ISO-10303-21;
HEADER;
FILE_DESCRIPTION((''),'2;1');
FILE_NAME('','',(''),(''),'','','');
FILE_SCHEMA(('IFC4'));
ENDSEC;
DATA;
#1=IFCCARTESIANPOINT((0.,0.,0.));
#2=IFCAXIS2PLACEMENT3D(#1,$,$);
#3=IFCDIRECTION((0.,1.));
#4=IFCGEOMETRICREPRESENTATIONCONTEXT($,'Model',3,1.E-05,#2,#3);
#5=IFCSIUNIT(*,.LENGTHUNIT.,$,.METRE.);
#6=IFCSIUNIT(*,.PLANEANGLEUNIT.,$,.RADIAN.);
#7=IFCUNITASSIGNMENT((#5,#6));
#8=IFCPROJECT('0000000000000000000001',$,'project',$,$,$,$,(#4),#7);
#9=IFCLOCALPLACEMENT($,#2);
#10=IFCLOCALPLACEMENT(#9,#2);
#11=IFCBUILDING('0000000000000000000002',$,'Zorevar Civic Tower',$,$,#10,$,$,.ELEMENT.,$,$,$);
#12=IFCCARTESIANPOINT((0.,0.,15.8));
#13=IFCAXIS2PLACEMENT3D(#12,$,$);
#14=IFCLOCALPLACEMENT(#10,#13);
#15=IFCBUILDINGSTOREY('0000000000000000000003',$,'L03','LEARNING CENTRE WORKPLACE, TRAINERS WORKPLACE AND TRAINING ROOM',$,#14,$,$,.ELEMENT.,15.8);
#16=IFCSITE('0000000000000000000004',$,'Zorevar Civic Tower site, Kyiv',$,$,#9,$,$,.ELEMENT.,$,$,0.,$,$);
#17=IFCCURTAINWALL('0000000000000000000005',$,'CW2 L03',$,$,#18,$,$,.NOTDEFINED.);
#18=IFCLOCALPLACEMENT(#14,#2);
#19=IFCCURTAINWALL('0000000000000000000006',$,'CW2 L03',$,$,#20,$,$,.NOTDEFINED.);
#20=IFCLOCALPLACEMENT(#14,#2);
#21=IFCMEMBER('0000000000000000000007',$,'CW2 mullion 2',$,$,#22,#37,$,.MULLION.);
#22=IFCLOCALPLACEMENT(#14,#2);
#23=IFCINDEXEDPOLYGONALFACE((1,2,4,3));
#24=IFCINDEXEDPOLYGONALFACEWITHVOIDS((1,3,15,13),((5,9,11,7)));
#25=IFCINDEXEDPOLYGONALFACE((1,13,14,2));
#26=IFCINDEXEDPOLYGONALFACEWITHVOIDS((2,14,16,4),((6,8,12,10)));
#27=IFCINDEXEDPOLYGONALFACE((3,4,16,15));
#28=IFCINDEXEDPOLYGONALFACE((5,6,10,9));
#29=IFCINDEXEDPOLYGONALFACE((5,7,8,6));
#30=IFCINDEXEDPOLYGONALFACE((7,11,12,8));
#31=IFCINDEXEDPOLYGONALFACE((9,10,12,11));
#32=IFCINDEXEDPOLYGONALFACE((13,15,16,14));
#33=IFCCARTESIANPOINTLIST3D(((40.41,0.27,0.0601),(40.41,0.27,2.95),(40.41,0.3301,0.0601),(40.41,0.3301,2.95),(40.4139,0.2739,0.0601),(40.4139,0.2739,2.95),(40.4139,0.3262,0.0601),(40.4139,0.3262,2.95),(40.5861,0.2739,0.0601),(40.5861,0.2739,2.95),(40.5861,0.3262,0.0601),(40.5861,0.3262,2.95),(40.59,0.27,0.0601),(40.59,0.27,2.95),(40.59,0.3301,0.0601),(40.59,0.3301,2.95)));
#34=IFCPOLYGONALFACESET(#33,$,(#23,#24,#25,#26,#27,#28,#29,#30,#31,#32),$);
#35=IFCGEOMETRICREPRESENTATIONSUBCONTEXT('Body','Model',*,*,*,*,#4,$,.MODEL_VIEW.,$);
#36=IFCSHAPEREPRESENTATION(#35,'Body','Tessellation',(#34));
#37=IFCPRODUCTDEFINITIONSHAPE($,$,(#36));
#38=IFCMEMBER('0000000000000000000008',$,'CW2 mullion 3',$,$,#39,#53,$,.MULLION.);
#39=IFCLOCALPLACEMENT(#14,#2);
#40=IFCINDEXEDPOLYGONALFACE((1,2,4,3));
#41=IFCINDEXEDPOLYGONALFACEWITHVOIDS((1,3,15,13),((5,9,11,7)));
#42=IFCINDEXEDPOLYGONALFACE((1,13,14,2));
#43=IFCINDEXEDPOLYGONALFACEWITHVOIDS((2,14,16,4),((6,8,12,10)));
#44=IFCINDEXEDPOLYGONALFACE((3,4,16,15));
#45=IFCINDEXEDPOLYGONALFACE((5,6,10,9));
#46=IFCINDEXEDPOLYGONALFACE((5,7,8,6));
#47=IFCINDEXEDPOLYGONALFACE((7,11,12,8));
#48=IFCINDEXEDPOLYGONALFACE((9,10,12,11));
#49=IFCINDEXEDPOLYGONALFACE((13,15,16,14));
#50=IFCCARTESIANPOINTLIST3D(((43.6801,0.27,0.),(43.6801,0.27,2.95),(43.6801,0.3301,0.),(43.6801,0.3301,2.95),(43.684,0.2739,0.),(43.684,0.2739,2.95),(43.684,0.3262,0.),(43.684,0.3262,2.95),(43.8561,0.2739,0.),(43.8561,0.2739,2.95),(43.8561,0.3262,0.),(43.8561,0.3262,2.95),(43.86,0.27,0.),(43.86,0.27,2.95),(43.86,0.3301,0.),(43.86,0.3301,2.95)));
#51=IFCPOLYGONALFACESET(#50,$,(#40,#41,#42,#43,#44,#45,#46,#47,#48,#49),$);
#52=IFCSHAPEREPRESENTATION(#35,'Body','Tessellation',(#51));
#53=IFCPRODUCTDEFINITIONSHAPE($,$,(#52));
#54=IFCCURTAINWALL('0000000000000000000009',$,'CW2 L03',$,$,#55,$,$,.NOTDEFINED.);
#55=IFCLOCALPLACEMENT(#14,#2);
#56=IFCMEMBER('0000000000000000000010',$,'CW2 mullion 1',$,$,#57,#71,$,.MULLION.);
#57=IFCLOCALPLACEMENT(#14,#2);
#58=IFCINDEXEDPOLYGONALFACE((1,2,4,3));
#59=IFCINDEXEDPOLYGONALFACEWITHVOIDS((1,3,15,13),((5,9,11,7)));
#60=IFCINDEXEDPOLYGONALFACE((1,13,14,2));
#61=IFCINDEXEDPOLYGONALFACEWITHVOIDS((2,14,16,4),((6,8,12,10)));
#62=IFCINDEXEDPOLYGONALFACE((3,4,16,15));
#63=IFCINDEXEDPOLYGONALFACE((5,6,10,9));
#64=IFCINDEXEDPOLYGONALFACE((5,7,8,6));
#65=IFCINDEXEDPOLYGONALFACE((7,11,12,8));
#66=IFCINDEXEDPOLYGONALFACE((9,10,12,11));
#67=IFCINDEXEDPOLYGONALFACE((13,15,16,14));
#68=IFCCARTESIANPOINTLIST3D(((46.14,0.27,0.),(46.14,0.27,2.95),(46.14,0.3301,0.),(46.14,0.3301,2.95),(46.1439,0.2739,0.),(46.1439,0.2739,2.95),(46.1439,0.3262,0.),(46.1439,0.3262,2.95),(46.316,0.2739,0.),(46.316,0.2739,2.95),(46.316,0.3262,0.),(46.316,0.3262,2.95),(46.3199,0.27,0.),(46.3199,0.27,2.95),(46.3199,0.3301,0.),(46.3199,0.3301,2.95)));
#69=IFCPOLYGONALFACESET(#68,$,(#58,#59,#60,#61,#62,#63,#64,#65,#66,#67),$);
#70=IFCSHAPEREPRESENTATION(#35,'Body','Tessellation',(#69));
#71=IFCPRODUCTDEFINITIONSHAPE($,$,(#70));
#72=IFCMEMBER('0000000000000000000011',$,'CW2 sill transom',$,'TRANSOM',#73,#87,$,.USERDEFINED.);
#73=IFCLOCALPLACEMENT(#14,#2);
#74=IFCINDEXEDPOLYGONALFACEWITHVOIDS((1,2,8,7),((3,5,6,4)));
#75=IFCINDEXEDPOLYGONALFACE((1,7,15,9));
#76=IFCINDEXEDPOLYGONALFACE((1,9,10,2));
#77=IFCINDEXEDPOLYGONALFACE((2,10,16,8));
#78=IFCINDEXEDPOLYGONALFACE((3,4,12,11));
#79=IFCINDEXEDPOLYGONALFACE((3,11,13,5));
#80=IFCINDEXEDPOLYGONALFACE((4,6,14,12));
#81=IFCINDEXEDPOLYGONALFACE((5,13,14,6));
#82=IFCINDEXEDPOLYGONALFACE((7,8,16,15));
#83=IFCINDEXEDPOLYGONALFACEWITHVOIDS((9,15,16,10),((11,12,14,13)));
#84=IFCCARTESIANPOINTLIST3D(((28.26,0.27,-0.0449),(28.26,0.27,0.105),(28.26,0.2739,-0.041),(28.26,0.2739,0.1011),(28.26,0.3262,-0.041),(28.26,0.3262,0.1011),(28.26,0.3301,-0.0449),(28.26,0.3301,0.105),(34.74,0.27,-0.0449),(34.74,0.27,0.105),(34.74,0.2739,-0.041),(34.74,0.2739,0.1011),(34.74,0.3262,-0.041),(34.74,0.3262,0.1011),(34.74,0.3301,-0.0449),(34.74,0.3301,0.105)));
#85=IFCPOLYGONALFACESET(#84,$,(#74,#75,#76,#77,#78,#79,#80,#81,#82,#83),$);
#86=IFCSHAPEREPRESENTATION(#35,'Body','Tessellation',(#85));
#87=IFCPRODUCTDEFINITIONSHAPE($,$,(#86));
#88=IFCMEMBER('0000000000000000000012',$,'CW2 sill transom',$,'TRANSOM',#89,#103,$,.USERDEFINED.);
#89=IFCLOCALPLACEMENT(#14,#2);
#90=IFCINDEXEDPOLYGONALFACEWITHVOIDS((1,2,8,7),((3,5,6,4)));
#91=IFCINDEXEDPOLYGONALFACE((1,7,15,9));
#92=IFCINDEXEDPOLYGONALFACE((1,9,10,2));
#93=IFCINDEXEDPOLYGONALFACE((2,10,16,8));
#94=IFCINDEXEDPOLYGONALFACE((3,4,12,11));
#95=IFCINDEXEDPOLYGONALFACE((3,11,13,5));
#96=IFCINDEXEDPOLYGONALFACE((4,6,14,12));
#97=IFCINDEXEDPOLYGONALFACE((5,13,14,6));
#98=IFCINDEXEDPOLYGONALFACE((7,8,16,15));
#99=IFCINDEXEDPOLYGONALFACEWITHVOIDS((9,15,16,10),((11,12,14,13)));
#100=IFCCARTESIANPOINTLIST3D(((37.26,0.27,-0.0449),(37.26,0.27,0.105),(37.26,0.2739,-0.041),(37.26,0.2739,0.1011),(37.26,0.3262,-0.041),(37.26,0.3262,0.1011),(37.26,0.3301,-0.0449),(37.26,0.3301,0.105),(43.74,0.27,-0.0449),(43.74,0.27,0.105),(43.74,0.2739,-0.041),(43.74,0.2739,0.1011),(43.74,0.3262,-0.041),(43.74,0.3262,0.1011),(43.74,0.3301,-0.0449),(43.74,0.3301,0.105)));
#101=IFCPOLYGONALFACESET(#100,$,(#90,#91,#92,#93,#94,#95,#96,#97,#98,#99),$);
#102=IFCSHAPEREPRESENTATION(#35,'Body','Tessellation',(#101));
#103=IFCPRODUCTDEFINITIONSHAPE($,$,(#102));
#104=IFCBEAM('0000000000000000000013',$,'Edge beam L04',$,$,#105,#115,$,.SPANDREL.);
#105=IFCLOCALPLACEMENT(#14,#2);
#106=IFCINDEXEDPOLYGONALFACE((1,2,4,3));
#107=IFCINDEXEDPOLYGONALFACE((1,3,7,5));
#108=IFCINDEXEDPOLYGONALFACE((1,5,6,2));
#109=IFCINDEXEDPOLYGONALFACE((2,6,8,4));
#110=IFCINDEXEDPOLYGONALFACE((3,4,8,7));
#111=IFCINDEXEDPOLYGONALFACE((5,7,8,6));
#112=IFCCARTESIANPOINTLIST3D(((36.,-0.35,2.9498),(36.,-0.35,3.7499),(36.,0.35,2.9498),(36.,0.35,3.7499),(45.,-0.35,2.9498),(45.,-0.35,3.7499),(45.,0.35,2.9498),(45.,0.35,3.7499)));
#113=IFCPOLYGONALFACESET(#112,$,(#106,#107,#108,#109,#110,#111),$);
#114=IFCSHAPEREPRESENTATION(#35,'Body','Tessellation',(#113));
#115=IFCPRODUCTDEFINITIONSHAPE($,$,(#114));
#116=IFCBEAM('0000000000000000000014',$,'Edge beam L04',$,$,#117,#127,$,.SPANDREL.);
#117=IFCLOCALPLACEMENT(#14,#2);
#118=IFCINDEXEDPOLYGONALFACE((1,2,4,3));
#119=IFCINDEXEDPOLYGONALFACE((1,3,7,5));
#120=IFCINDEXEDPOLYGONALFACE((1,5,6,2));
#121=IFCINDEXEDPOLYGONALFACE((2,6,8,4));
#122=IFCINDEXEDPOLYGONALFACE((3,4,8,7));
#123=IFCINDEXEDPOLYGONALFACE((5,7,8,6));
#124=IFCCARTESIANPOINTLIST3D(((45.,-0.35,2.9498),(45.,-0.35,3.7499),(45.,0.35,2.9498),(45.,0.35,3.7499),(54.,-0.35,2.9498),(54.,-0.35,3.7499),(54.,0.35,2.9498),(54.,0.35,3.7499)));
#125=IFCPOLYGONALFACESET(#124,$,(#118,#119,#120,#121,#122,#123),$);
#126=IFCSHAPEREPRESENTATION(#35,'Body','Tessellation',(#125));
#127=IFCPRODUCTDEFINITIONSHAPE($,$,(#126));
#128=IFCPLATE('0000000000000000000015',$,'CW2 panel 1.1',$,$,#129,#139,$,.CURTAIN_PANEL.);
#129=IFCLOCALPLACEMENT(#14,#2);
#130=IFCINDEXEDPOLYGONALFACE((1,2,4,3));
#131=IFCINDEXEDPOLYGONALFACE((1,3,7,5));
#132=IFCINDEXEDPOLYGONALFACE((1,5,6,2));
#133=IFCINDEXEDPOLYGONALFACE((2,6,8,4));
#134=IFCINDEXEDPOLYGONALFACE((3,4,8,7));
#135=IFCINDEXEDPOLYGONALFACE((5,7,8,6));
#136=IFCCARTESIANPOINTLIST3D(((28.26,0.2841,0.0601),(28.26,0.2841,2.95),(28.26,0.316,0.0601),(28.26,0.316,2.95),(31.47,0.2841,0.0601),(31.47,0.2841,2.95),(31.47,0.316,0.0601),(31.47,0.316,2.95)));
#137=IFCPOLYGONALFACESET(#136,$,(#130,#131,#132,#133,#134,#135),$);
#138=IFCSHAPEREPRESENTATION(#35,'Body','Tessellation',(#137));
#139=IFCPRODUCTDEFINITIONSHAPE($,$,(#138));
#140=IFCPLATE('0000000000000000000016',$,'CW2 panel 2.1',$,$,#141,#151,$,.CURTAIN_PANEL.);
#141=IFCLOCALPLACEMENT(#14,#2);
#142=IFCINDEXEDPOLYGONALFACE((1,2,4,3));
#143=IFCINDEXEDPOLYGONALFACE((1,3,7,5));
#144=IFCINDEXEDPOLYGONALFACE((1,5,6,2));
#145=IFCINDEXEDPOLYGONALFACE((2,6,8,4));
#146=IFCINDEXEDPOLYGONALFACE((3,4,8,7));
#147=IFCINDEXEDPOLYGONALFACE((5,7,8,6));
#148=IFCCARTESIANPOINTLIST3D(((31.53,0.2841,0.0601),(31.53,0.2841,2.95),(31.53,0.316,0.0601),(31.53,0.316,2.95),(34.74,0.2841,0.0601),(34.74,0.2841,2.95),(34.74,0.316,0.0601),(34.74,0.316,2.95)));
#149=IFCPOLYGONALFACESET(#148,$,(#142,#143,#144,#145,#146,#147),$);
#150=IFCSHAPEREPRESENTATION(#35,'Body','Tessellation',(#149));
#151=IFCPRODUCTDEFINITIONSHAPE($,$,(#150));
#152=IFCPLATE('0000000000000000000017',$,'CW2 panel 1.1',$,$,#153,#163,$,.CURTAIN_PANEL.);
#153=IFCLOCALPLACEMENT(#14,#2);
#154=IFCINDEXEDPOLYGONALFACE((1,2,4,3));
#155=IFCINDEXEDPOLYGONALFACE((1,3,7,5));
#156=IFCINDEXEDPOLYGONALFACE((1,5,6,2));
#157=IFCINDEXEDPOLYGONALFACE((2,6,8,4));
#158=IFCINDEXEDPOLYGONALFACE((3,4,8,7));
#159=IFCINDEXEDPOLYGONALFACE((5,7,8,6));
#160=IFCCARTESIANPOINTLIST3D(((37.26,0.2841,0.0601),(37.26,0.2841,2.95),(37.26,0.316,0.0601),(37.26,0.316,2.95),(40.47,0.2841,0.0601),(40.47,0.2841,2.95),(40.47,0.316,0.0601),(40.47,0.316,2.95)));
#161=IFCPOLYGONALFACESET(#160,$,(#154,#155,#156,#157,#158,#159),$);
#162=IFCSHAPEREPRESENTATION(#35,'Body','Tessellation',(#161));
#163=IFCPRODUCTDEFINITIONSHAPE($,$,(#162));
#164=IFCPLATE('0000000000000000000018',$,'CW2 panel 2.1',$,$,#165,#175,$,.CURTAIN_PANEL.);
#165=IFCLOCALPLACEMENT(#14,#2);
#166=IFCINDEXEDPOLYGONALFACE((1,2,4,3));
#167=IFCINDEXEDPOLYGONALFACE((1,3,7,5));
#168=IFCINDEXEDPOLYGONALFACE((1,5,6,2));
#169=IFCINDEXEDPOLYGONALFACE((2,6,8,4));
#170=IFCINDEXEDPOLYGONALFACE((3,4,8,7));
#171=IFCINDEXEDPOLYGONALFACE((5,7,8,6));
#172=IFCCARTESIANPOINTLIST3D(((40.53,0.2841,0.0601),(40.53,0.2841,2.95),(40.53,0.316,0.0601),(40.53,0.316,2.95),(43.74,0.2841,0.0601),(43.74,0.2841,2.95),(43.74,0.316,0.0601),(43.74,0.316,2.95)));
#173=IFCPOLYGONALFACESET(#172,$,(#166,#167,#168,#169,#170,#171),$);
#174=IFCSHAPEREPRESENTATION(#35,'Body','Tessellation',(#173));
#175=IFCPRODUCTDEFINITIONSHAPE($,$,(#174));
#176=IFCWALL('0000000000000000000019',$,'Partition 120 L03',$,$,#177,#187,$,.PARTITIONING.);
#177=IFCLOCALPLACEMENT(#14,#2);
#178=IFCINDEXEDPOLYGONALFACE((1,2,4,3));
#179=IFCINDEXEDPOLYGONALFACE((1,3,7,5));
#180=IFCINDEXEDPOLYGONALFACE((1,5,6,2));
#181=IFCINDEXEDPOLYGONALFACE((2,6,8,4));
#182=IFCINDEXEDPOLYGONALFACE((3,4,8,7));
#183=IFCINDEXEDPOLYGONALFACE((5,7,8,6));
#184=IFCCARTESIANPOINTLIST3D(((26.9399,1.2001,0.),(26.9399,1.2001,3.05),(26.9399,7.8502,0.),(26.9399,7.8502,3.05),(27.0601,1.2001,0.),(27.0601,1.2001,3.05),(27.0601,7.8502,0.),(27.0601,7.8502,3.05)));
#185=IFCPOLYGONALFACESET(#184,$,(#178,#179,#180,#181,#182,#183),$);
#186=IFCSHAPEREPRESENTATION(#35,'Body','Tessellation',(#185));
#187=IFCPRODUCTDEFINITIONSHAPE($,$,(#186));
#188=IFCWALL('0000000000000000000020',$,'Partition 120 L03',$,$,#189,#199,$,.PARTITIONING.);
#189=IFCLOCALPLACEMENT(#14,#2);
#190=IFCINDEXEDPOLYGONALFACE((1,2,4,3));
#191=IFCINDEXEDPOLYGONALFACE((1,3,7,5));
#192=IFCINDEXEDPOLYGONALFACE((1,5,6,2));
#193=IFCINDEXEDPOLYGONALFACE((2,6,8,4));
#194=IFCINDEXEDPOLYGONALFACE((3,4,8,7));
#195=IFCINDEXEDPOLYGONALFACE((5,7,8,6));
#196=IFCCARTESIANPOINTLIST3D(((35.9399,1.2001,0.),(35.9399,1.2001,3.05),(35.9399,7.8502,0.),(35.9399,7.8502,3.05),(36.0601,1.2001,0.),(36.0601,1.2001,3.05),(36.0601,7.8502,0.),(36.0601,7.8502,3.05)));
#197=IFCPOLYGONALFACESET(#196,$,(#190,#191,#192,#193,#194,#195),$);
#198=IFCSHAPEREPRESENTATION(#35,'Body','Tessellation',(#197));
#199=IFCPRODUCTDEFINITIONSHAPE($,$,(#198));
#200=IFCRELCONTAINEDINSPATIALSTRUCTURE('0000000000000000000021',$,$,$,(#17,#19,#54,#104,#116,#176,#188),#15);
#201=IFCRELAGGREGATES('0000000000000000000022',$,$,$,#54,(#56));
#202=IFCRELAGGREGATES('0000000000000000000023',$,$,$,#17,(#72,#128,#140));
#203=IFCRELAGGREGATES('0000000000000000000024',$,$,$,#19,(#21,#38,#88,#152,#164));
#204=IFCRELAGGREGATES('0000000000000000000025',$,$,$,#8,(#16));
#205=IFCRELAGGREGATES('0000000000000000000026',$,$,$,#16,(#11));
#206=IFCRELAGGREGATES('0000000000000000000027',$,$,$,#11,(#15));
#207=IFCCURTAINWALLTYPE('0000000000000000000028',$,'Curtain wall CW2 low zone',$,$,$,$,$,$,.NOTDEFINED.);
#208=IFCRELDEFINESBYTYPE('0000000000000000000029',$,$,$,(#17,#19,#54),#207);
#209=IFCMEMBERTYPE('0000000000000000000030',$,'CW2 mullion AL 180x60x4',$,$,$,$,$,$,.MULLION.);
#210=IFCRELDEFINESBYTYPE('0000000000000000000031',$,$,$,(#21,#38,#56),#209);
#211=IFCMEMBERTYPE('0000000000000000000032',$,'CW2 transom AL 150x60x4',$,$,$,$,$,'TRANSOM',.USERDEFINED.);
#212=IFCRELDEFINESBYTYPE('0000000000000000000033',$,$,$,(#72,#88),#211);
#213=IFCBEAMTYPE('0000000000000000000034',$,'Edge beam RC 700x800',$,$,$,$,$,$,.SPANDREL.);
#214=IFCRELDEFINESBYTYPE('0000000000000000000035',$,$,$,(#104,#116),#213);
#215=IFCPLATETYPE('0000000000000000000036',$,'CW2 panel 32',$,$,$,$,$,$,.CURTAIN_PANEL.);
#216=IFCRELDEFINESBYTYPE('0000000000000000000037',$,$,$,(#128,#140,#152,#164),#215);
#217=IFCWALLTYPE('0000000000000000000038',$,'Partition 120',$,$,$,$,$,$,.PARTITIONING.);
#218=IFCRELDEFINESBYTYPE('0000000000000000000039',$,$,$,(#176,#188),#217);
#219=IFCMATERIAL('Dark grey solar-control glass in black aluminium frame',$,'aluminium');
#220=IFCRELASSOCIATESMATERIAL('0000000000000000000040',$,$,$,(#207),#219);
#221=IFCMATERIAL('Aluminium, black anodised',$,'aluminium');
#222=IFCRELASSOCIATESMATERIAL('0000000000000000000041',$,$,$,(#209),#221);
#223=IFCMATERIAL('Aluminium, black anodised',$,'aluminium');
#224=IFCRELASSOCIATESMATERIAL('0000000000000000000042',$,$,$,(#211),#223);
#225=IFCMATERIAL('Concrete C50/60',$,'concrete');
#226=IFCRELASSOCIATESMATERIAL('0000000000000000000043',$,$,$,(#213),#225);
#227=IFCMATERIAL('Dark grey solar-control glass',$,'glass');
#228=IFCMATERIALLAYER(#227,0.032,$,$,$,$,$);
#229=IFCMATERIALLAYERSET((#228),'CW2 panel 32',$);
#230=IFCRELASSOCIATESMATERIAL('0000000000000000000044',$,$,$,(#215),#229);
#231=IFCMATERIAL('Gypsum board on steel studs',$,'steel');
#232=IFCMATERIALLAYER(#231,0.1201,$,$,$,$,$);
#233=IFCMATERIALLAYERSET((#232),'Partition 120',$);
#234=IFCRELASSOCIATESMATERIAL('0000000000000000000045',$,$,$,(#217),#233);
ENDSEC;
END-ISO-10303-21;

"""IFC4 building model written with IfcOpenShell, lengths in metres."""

from ifc_helpers import new_model, si_unit, direction, frame, frame_2d, origin, origin_2d, place, context, subcontext, project, spatial, rectangle, hollow_rectangle, extrude, material, layer, layer_set, material_profile, profile_set, type_object, element, aggregate, save


model = new_model("IFC4")

# Units and contexts
model_context = context("Model", 3, precision=1e-05, world=origin(), true_north=direction((0.0, 1.0)))
body_context = subcontext(model_context, "Body", "Model", "MODEL_VIEW")
ifc_project = project(units=[si_unit("LENGTHUNIT", "METRE"), si_unit("PLANEANGLEUNIT", "RADIAN")], contexts=[model_context])

# Site, building, storey
site_placement = place(None, origin())
site = spatial("IfcSite", under=ifc_project, at=site_placement, Name="Zorevar Civic Tower site, Kyiv", CompositionType="ELEMENT", RefElevation=0.0)
building_placement = place(site_placement, origin())
building = spatial("IfcBuilding", under=site, at=building_placement, Name="Zorevar Civic Tower", CompositionType="ELEMENT")
storey_placement = place(building_placement, frame((0.0, 0.0, 15.8)))
storey = spatial("IfcBuildingStorey", under=building, at=storey_placement, Name="L03", Description="LEARNING CENTRE WORKPLACE, TRAINERS WORKPLACE AND TRAINING ROOM", CompositionType="ELEMENT", Elevation=15.8)

# Curtain walls, members
ifc_material_1 = material(Name="Dark grey solar-control glass in black aluminium frame", Category="aluminium")
curtain_wall_type = type_object("IfcCurtainWallType", Name="Curtain wall CW2 low zone", PredefinedType="NOTDEFINED", material=ifc_material_1)
curtain_wall_1_placement = place(storey_placement, origin())
curtain_wall_1 = element("IfcCurtainWall", 1, at=curtain_wall_1_placement, inside=storey, type_object=curtain_wall_type, Name="CW2 L03", PredefinedType="NOTDEFINED")
ifc_material_2 = material(Name="Aluminium, black anodised", Category="aluminium")
ifc_material_profile_1 = material_profile(ifc_material_2, hollow_rectangle(XDim=0.0601, YDim=0.1799, WallThickness=0.0039, at=origin_2d()), Name="AL 180x60x4")
ifc_profile_set_1 = profile_set([ifc_material_profile_1], Name="Aluminium, black anodised")
member_type_1 = type_object("IfcMemberType", Name="CW2 mullion AL 180x60x4", PredefinedType="MULLION", material=ifc_profile_set_1)
curtain_wall_2_placement = place(storey_placement, origin())
curtain_wall_2 = element("IfcCurtainWall", 2, at=curtain_wall_2_placement, inside=storey, type_object=curtain_wall_type, Name="CW2 L03", PredefinedType="NOTDEFINED")
member_1_placement = place(storey_placement, frame((40.5, 0.3, 0.0601), z_axis=(0.0, 0.0, 1.0), x_axis=(0.0, 1.0, 0.0)))
member_1 = element("IfcMember", 3, at=member_1_placement, type_object=member_type_1, Name="CW2 mullion 2", PredefinedType="MULLION", context=body_context, shape_type="SweptSolid", body=[
    extrude(hollow_rectangle(XDim=0.0601, YDim=0.1799, WallThickness=0.0039, at=origin_2d()), origin(), (0.0, 0.0, 1.0), 2.8899),
])
member_2_placement = place(storey_placement, frame((43.77, 0.3, 0.0), z_axis=(0.0, 0.0, 1.0), x_axis=(0.0, 1.0, 0.0)))
member_2 = element("IfcMember", 4, at=member_2_placement, type_object=member_type_1, Name="CW2 mullion 3", PredefinedType="MULLION", context=body_context, shape_type="SweptSolid", body=[
    extrude(hollow_rectangle(XDim=0.0601, YDim=0.1799, WallThickness=0.0039, at=origin_2d()), origin(), (0.0, 0.0, 1.0), 2.95),
])

# Curtain wall, member
curtain_wall_3_placement = place(storey_placement, origin())
curtain_wall_3 = element("IfcCurtainWall", 5, at=curtain_wall_3_placement, inside=storey, type_object=curtain_wall_type, Name="CW2 L03", PredefinedType="NOTDEFINED")
member_3_placement = place(storey_placement, frame((46.23, 0.3, 0.0), z_axis=(0.0, 0.0, 1.0), x_axis=(0.0, 1.0, 0.0)))
member_3 = element("IfcMember", 6, at=member_3_placement, type_object=member_type_1, Name="CW2 mullion 1", PredefinedType="MULLION", context=body_context, shape_type="SweptSolid", body=[
    extrude(hollow_rectangle(XDim=0.0601, YDim=0.1799, WallThickness=0.0039, at=origin_2d()), origin(), (0.0, 0.0, 1.0), 2.95),
])
aggregate(curtain_wall_3, [member_3])

# Members
ifc_material_3 = material(Name="Aluminium, black anodised", Category="aluminium")
ifc_material_profile_2 = material_profile(ifc_material_3, hollow_rectangle(XDim=0.0601, YDim=0.1499, WallThickness=0.0039, at=origin_2d()), Name="AL 150x60x4")
ifc_profile_set_2 = profile_set([ifc_material_profile_2], Name="Aluminium, black anodised")
member_type_2 = type_object("IfcMemberType", Name="CW2 transom AL 150x60x4", ElementType="TRANSOM", PredefinedType="USERDEFINED", material=ifc_profile_set_2)
member_4_placement = place(storey_placement, frame((28.26, 0.3, 0.03), z_axis=(1.0, 0.0, 0.0), x_axis=(0.0, 1.0, 0.0)))
member_4 = element("IfcMember", 7, at=member_4_placement, type_object=member_type_2, Name="CW2 sill transom", ObjectType="TRANSOM", PredefinedType="USERDEFINED", context=body_context, shape_type="SweptSolid", body=[
    extrude(hollow_rectangle(XDim=0.0601, YDim=0.1499, WallThickness=0.0039, at=origin_2d()), origin(), (0.0, 0.0, 1.0), 6.48),
])
member_5_placement = place(storey_placement, frame((37.26, 0.3, 0.03), z_axis=(1.0, 0.0, 0.0), x_axis=(0.0, 1.0, 0.0)))
member_5 = element("IfcMember", 8, at=member_5_placement, type_object=member_type_2, Name="CW2 sill transom", ObjectType="TRANSOM", PredefinedType="USERDEFINED", context=body_context, shape_type="SweptSolid", body=[
    extrude(hollow_rectangle(XDim=0.0601, YDim=0.1499, WallThickness=0.0039, at=origin_2d()), origin(), (0.0, 0.0, 1.0), 6.48),
])

# Beams
ifc_material_4 = material(Name="Concrete C50/60", Category="concrete")
ifc_material_profile_3 = material_profile(ifc_material_4, rectangle(XDim=0.7, YDim=0.8, at=origin_2d()), Name="RC 700x800")
ifc_profile_set_3 = profile_set([ifc_material_profile_3], Name="Concrete C50/60")
beam_type_1 = type_object("IfcBeamType", Name="Edge beam RC 700x800", PredefinedType="SPANDREL", material=ifc_profile_set_3)
for number, where, z_axis, x_axis, name in (
    (9, (36.0, 0.0, 3.3499), (1.0, 0.0, 0.0), (0.0, 1.0, 0.0), "Edge beam L04"),
    (10, (45.0, 0.0, 3.3499), (1.0, 0.0, 0.0), (0.0, 1.0, 0.0), "Edge beam L04"),
):
    element("IfcBeam", number, at=place(storey_placement, frame(where, z_axis=z_axis, x_axis=x_axis)), inside=storey, type_object=beam_type_1, Name=name, PredefinedType="SPANDREL", context=body_context, shape_type="SweptSolid", body=[
        extrude(rectangle(XDim=0.7, YDim=0.8, at=origin_2d()), origin(), (0.0, 0.0, 1.0), 9.0),
    ])

# Plates
ifc_material_5 = material(Name="Dark grey solar-control glass", Category="glass")
ifc_layer_1 = layer(ifc_material_5, 0.032)
ifc_layer_set_1 = layer_set([ifc_layer_1], Name="CW2 panel 32")
plate_type = type_object("IfcPlateType", Name="CW2 panel 32", PredefinedType="CURTAIN_PANEL", material=ifc_layer_set_1)
plate_1_placement = place(storey_placement, frame((29.865, 0.3, 0.0601), z_axis=(0.0, 0.0, 1.0), x_axis=(1.0, 0.0, 0.0)))
plate_1 = element("IfcPlate", 11, at=plate_1_placement, type_object=plate_type, Name="CW2 panel 1.1", PredefinedType="CURTAIN_PANEL", context=body_context, shape_type="SweptSolid", body=[
    extrude(rectangle(XDim=3.21, YDim=0.032, at=origin_2d()), origin(), (0.0, 0.0, 1.0), 2.8899),
])
plate_2_placement = place(storey_placement, frame((33.135, 0.3, 0.0601), z_axis=(0.0, 0.0, 1.0), x_axis=(1.0, 0.0, 0.0)))
plate_2 = element("IfcPlate", 12, at=plate_2_placement, type_object=plate_type, Name="CW2 panel 2.1", PredefinedType="CURTAIN_PANEL", context=body_context, shape_type="SweptSolid", body=[
    extrude(rectangle(XDim=3.21, YDim=0.032, at=origin_2d()), origin(), (0.0, 0.0, 1.0), 2.8899),
])
aggregate(curtain_wall_1, [member_4, plate_1, plate_2])
plate_3_placement = place(storey_placement, frame((38.865, 0.3, 0.0601), z_axis=(0.0, 0.0, 1.0), x_axis=(1.0, 0.0, 0.0)))
plate_3 = element("IfcPlate", 13, at=plate_3_placement, type_object=plate_type, Name="CW2 panel 1.1", PredefinedType="CURTAIN_PANEL", context=body_context, shape_type="SweptSolid", body=[
    extrude(rectangle(XDim=3.21, YDim=0.032, at=origin_2d()), origin(), (0.0, 0.0, 1.0), 2.8899),
])
plate_4_placement = place(storey_placement, frame((42.135, 0.3, 0.0601), z_axis=(0.0, 0.0, 1.0), x_axis=(1.0, 0.0, 0.0)))
plate_4 = element("IfcPlate", 14, at=plate_4_placement, type_object=plate_type, Name="CW2 panel 2.1", PredefinedType="CURTAIN_PANEL", context=body_context, shape_type="SweptSolid", body=[
    extrude(rectangle(XDim=3.21, YDim=0.032, at=origin_2d()), origin(), (0.0, 0.0, 1.0), 2.8899),
])
aggregate(curtain_wall_2, [member_1, member_2, member_5, plate_3, plate_4])

# Walls
ifc_material_6 = material(Name="Gypsum board on steel studs", Category="steel")
ifc_layer_2 = layer(ifc_material_6, 0.1201)
ifc_layer_set_2 = layer_set([ifc_layer_2], Name="Partition 120")
wall_type = type_object("IfcWallType", Name="Partition 120", PredefinedType="PARTITIONING", material=ifc_layer_set_2)
for number, where, z_axis, x_axis, name in (
    (15, (27.0, 1.2, 0.0), (0.0, 0.0, 1.0), (0.0, 1.0, 0.0), "Partition 120 L03"),
    (16, (36.0, 1.2, 0.0), (0.0, 0.0, 1.0), (0.0, 1.0, 0.0), "Partition 120 L03"),
):
    element("IfcWall", number, at=place(storey_placement, frame(where, z_axis=z_axis, x_axis=x_axis)), inside=storey, type_object=wall_type, Name=name, PredefinedType="PARTITIONING", context=body_context, shape_type="SweptSolid", body=[
        extrude(rectangle(XDim=6.6501, YDim=0.1201, at=frame_2d((3.3252, 0.0))), origin(), (0.0, 0.0, 1.0), 3.05),
    ])

save(model, "model.ifc")
